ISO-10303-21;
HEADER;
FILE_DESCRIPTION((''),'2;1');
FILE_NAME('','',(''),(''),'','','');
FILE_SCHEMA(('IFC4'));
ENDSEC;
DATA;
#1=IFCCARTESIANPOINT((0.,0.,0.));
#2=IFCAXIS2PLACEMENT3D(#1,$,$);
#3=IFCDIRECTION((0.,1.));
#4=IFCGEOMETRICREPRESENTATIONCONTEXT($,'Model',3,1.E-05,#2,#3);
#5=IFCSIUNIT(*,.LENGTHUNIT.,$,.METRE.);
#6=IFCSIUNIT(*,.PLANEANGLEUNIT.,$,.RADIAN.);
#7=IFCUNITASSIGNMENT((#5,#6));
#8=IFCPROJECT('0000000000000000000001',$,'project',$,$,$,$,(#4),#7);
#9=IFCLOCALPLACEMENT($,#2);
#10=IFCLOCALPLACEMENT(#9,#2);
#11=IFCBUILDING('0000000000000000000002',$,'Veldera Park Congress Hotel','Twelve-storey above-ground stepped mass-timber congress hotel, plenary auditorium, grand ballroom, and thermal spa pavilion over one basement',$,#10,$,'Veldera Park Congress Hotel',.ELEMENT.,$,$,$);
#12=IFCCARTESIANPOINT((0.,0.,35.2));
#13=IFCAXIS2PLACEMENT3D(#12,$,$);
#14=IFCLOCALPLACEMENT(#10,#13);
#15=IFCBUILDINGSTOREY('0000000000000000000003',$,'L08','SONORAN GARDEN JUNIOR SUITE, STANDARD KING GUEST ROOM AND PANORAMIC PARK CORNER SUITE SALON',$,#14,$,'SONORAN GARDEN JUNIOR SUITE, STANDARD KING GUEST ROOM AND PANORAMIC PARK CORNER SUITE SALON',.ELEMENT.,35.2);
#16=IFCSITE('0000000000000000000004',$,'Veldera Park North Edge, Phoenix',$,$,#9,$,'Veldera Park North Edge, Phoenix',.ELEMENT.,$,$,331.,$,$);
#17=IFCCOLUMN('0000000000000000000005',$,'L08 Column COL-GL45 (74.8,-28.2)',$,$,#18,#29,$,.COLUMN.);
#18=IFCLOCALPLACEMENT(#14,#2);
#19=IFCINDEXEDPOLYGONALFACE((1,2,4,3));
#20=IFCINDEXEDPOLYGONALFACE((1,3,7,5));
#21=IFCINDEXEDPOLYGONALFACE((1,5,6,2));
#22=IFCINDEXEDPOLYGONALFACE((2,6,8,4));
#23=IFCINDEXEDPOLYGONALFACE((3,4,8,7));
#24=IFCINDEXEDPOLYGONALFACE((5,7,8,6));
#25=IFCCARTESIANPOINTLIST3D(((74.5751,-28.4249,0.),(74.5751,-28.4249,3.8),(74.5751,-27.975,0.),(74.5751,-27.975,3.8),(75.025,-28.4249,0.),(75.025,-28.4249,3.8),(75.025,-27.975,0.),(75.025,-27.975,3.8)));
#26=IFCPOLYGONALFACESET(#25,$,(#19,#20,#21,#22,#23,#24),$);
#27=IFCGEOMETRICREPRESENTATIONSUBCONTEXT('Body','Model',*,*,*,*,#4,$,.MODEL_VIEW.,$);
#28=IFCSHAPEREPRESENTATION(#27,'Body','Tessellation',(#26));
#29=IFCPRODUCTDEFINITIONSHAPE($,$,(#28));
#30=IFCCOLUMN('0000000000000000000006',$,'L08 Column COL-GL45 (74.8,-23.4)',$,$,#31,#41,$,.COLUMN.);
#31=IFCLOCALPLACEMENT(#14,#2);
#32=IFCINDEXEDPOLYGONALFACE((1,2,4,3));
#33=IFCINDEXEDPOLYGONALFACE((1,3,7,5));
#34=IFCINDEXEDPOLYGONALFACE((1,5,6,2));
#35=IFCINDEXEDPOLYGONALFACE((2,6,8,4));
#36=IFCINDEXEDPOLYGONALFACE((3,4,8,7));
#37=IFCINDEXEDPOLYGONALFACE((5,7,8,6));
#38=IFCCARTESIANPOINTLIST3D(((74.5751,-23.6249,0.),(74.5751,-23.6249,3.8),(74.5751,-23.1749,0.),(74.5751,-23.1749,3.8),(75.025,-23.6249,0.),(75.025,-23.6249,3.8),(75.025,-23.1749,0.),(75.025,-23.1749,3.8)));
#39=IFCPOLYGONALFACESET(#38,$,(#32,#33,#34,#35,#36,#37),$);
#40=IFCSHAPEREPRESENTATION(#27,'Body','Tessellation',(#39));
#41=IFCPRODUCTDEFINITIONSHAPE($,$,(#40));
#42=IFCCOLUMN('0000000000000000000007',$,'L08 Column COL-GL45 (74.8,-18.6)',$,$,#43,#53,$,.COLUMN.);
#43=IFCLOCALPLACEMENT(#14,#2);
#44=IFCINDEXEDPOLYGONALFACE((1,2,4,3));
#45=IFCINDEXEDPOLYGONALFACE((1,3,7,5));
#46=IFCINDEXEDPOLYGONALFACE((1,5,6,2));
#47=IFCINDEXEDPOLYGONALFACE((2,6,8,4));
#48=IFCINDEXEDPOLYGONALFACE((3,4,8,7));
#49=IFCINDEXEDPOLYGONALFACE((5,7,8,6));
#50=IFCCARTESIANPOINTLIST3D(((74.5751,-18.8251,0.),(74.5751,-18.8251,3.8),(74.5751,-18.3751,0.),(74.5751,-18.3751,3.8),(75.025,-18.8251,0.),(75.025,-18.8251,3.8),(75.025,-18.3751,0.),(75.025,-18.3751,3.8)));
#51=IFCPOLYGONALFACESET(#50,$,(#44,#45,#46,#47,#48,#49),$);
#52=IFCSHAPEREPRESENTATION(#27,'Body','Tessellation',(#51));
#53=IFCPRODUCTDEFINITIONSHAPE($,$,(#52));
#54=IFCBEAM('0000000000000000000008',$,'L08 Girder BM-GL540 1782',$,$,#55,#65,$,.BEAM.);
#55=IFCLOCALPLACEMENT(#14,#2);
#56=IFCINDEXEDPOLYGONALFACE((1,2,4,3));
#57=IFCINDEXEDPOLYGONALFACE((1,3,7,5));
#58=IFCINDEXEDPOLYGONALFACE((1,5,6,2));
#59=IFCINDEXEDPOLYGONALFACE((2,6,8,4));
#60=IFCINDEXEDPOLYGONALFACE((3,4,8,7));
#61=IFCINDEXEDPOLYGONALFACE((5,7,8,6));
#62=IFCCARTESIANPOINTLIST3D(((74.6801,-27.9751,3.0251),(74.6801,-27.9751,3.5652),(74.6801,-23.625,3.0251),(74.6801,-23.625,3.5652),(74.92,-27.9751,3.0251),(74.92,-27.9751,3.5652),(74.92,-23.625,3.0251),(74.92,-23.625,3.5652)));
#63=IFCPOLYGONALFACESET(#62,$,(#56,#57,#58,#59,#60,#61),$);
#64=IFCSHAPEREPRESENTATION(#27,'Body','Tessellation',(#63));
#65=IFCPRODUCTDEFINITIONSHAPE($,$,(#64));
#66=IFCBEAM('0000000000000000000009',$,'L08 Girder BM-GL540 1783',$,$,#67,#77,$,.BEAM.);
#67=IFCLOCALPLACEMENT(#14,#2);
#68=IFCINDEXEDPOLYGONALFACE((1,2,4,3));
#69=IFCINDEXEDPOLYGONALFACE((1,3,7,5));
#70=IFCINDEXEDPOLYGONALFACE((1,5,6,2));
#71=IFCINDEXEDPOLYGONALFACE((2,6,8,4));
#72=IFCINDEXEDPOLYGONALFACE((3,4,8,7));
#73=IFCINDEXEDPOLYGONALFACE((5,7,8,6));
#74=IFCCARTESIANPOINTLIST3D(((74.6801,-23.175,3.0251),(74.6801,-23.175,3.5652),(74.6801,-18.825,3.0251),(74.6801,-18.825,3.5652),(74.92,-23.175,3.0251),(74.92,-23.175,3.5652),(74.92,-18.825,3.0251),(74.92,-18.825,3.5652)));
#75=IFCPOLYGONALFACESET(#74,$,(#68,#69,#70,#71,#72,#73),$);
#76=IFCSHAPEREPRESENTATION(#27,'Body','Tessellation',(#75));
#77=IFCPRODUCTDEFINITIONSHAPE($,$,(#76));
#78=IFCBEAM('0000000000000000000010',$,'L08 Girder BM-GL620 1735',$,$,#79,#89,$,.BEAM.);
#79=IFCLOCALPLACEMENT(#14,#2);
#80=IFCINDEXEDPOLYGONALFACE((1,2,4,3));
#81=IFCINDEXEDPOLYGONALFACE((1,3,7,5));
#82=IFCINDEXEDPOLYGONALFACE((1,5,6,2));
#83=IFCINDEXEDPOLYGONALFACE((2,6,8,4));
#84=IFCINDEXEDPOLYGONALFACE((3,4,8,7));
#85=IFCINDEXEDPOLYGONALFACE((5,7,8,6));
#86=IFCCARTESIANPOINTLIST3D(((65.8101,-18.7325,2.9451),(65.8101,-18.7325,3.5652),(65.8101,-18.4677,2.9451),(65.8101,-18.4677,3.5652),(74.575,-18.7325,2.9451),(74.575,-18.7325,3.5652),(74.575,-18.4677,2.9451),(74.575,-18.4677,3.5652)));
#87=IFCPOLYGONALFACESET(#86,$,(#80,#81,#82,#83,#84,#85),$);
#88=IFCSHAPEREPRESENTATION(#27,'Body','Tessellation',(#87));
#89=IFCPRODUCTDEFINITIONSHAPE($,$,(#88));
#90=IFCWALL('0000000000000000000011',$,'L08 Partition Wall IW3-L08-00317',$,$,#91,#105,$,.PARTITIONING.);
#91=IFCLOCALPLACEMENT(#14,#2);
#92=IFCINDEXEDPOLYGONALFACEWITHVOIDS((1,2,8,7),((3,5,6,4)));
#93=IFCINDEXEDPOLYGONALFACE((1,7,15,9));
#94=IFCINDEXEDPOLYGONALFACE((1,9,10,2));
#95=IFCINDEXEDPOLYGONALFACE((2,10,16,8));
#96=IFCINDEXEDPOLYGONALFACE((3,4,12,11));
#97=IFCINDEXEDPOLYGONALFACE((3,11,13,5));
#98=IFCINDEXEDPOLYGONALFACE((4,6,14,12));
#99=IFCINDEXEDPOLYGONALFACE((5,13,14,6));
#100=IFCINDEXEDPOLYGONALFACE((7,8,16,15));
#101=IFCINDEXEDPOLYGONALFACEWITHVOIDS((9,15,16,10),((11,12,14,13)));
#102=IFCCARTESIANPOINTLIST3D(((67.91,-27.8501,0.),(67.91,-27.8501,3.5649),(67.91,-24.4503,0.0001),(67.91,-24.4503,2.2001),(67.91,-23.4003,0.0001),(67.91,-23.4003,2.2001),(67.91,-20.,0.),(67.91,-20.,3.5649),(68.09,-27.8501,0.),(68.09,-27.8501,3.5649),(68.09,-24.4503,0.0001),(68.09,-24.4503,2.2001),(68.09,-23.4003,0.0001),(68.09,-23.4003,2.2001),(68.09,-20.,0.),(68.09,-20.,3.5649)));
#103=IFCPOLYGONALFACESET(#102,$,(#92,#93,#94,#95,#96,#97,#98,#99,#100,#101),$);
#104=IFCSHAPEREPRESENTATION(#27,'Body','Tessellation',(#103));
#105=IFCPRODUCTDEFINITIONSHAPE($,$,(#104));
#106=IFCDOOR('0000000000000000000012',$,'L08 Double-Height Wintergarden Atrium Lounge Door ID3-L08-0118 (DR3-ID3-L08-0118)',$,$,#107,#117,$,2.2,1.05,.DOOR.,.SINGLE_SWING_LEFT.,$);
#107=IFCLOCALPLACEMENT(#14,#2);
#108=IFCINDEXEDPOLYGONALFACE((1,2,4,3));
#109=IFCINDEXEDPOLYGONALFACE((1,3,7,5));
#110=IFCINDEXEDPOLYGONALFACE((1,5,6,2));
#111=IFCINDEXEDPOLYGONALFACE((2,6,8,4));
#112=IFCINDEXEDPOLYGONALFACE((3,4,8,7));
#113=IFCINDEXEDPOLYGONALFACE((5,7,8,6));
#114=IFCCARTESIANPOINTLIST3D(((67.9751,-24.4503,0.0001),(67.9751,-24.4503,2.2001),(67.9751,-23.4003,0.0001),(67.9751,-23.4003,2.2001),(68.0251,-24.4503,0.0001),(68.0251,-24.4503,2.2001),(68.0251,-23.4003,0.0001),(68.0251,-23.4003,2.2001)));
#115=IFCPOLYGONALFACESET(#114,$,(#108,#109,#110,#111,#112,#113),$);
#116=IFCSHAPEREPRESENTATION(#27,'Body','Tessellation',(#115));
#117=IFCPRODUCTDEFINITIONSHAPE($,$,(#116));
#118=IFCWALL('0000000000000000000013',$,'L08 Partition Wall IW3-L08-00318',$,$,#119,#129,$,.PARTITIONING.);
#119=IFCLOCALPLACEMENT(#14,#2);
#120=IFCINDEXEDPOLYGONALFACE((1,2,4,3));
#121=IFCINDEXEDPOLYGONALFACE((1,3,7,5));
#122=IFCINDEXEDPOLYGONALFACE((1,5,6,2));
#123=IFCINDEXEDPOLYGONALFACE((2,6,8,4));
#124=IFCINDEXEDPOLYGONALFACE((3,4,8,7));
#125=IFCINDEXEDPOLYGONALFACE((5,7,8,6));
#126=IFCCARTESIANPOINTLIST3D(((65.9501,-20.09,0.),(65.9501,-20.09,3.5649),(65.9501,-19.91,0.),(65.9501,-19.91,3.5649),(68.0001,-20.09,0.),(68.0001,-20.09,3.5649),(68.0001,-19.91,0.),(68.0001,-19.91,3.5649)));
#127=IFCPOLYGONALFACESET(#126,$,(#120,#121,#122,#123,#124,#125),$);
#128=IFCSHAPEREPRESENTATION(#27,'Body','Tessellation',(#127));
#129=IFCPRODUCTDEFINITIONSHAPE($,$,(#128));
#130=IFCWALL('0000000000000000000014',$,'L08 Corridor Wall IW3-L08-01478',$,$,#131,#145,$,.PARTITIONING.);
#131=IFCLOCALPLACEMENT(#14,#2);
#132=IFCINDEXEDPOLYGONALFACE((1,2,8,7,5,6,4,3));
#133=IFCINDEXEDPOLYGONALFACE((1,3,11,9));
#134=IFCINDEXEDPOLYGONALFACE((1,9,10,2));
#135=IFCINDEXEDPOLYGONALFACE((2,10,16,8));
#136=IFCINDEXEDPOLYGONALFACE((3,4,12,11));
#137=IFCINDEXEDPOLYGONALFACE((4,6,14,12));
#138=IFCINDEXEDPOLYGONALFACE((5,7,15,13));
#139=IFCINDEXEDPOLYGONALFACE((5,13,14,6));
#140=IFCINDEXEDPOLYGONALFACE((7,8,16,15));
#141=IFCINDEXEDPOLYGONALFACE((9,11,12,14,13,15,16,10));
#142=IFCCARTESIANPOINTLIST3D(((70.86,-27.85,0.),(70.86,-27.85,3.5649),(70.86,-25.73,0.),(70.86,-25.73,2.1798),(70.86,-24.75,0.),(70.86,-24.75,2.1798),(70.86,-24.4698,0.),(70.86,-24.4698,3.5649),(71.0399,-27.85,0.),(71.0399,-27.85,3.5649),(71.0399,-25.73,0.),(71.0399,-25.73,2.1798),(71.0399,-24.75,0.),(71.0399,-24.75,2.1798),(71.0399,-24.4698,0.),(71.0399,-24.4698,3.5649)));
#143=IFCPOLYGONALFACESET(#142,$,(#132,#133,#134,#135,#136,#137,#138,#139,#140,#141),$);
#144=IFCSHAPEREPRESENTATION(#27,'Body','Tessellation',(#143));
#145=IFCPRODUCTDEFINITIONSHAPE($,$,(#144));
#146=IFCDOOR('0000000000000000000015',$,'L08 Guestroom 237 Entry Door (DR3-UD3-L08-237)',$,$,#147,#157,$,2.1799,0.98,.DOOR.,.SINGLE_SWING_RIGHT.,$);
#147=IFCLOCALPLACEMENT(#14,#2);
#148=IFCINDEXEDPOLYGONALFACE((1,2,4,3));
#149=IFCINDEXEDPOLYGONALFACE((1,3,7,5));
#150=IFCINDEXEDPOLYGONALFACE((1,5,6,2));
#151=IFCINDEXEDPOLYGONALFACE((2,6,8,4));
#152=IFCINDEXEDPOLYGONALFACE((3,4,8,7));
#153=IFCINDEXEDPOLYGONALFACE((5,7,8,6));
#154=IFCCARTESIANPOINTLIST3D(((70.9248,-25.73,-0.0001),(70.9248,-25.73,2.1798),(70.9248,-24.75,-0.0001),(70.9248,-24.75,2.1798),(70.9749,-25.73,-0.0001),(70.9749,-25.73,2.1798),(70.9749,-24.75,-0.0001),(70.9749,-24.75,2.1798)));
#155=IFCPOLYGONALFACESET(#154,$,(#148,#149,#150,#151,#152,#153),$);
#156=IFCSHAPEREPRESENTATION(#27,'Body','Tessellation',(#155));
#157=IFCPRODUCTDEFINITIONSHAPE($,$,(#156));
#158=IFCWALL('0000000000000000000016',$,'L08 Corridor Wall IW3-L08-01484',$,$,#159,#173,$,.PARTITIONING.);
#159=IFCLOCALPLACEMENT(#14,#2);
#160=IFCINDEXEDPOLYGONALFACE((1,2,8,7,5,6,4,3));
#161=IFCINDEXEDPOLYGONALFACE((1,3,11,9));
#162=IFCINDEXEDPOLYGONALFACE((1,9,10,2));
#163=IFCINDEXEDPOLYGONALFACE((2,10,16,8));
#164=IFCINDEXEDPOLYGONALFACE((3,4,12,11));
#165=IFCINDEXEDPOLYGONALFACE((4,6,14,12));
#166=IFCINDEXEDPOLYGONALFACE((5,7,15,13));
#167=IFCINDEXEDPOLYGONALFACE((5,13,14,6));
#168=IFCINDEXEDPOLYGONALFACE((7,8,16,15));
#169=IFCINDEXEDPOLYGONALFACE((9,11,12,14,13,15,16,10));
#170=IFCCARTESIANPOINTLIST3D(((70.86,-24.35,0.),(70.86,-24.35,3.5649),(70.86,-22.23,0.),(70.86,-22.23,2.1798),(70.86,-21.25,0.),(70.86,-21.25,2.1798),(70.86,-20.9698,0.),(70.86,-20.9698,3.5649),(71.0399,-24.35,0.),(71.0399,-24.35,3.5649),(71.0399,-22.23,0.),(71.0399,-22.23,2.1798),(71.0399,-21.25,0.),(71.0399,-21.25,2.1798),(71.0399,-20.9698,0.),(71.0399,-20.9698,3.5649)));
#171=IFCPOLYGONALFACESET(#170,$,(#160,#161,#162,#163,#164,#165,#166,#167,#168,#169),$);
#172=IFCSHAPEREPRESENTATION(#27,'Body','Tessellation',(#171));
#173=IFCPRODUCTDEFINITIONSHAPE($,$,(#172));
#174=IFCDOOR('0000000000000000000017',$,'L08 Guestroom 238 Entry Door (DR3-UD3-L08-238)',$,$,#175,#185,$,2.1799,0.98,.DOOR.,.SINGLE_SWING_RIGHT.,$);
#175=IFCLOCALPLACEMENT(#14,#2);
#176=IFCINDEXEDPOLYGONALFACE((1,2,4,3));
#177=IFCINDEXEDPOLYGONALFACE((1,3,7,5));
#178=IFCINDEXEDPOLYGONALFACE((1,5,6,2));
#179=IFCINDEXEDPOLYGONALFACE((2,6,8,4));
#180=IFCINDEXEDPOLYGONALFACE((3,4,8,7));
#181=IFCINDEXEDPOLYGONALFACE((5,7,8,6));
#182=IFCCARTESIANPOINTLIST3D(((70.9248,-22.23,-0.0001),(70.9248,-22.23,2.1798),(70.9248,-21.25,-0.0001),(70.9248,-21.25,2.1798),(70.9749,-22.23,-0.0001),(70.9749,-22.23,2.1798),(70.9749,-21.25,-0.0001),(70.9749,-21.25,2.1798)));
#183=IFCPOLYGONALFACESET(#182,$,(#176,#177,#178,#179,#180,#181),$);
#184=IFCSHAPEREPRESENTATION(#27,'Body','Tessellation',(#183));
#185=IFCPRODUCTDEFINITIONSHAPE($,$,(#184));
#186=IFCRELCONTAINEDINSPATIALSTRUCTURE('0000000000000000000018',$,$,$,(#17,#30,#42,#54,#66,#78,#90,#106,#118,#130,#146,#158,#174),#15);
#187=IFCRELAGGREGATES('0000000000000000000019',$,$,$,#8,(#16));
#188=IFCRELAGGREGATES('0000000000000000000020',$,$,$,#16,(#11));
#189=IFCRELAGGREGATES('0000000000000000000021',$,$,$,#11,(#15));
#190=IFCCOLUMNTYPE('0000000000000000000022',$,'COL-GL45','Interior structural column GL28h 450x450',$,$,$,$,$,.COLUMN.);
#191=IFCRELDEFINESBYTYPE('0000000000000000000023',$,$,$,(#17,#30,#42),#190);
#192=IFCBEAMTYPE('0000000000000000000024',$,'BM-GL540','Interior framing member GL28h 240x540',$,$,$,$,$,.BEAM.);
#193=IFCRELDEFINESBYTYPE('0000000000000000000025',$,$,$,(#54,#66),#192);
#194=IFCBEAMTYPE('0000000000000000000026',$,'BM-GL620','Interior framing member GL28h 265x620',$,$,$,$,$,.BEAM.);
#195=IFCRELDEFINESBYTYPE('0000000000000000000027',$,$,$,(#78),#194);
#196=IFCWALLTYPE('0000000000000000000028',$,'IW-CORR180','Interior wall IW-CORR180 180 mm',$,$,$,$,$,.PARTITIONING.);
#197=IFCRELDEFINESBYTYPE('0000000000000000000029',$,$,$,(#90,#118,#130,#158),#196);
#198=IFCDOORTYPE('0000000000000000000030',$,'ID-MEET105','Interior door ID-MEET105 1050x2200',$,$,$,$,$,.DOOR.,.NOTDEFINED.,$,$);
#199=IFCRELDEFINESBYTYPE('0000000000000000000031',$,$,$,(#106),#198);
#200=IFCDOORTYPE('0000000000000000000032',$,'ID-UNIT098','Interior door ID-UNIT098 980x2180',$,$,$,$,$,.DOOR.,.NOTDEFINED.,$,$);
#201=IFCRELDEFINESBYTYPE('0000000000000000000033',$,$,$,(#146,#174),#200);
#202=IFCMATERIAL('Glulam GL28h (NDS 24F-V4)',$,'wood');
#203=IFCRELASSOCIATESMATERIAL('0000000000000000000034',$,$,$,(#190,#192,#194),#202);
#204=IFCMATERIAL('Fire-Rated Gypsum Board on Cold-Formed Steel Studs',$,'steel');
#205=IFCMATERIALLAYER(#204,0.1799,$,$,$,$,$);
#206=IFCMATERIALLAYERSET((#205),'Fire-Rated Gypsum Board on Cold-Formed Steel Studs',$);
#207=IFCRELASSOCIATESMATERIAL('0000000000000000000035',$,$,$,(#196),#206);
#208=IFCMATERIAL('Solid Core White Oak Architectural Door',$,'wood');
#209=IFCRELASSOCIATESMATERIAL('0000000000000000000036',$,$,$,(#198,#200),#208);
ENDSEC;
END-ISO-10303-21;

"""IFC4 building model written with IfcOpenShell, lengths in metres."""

from ifc_helpers import new_model, si_unit, direction, frame, frame_2d, origin, origin_2d, place, context, subcontext, project, spatial, rectangle, extrude, material, layer, layer_set, material_profile, profile_set, type_object, element, fill, save


model = new_model("IFC4")

# Units and contexts
model_context = context("Model", 3, precision=1e-05, world=origin(), true_north=direction((0.0, 1.0)))
body_context = subcontext(model_context, "Body", "Model", "MODEL_VIEW")
ifc_project = project(units=[si_unit("LENGTHUNIT", "METRE"), si_unit("PLANEANGLEUNIT", "RADIAN")], contexts=[model_context])

# Site, building, storey
site_placement = place(None, origin())
site = spatial("IfcSite", under=ifc_project, at=site_placement, Name="Veldera Park North Edge, Phoenix", LongName="Veldera Park North Edge, Phoenix", CompositionType="ELEMENT", RefElevation=331.0)
building_placement = place(site_placement, origin())
building = spatial("IfcBuilding", under=site, at=building_placement, Name="Veldera Park Congress Hotel", Description="Twelve-storey above-ground stepped mass-timber congress hotel, plenary auditorium, grand ballroom, and thermal spa pavilion over one basement", LongName="Veldera Park Congress Hotel", CompositionType="ELEMENT")
storey_placement = place(building_placement, frame((0.0, 0.0, 35.2)))
storey = spatial("IfcBuildingStorey", under=building, at=storey_placement, Name="L08", Description="SONORAN GARDEN JUNIOR SUITE, STANDARD KING GUEST ROOM AND PANORAMIC PARK CORNER SUITE SALON", LongName="SONORAN GARDEN JUNIOR SUITE, STANDARD KING GUEST ROOM AND PANORAMIC PARK CORNER SUITE SALON", CompositionType="ELEMENT", Elevation=35.2)

# Columns
ifc_material_1 = material(Name="Glulam GL28h (NDS 24F-V4)", Category="wood")
ifc_material_profile_1 = material_profile(ifc_material_1, rectangle(XDim=0.45, YDim=0.45, at=origin_2d()), Name="GL28h 450x450")
ifc_profile_set_1 = profile_set([ifc_material_profile_1], Name="Glulam GL28h (NDS 24F-V4)")
column_type = type_object("IfcColumnType", Name="COL-GL45", Description="Interior structural column GL28h 450x450", PredefinedType="COLUMN", material=ifc_profile_set_1)
for number, where, z_axis, x_axis, name in (
    (1, (74.8, -28.2, 0.0), (0.0, 0.0, 1.0), (1.0, 0.0, 0.0), "L08 Column COL-GL45 (74.8,-28.2)"),
    (2, (74.8, -23.3999, 0.0), (0.0, 0.0, 1.0), (1.0, 0.0, 0.0), "L08 Column COL-GL45 (74.8,-23.4)"),
    (3, (74.8, -18.6001, 0.0), (0.0, 0.0, 1.0), (1.0, 0.0, 0.0), "L08 Column COL-GL45 (74.8,-18.6)"),
):
    element("IfcColumn", number, at=place(storey_placement, frame(where, z_axis=z_axis, x_axis=x_axis)), inside=storey, type_object=column_type, Name=name, PredefinedType="COLUMN", context=body_context, shape_type="SweptSolid", body=[
        extrude(rectangle(XDim=0.45, YDim=0.45, at=origin_2d()), origin(), (0.0, 0.0, 1.0), 3.8),
    ])

# Beams
ifc_material_profile_2 = material_profile(ifc_material_1, rectangle(XDim=0.24, YDim=0.54, at=origin_2d()), Name="GL28h 240x540")
ifc_profile_set_2 = profile_set([ifc_material_profile_2], Name="Glulam GL28h (NDS 24F-V4)")
beam_type_1 = type_object("IfcBeamType", Name="BM-GL540", Description="Interior framing member GL28h 240x540", PredefinedType="BEAM", material=ifc_profile_set_2)
for number, where, z_axis, x_axis, name in (
    (4, (74.8, -27.9751, 3.2952), (0.0, 1.0, 0.0), (-1.0, 0.0, 0.0), "L08 Girder BM-GL540 1782"),
    (5, (74.8, -23.175, 3.2952), (0.0, 1.0, 0.0), (-1.0, 0.0, 0.0), "L08 Girder BM-GL540 1783"),
):
    element("IfcBeam", number, at=place(storey_placement, frame(where, z_axis=z_axis, x_axis=x_axis)), inside=storey, type_object=beam_type_1, Name=name, PredefinedType="BEAM", context=body_context, shape_type="SweptSolid", body=[
        extrude(rectangle(XDim=0.24, YDim=0.54, at=origin_2d()), origin(), (0.0, 0.0, 1.0), 4.3501),
    ])
ifc_material_profile_3 = material_profile(ifc_material_1, rectangle(XDim=0.2649, YDim=0.6201, at=origin_2d()), Name="GL28h 265x620")
ifc_profile_set_3 = profile_set([ifc_material_profile_3], Name="Glulam GL28h (NDS 24F-V4)")
beam_type_2 = type_object("IfcBeamType", Name="BM-GL620", Description="Interior framing member GL28h 265x620", PredefinedType="BEAM", material=ifc_profile_set_3)
beam_placement = place(storey_placement, frame((65.8101, -18.6001, 3.2551), z_axis=(1.0, 0.0, 0.0), x_axis=(0.0, 1.0, 0.0)))
element("IfcBeam", 6, at=beam_placement, inside=storey, type_object=beam_type_2, Name="L08 Girder BM-GL620 1735", PredefinedType="BEAM", context=body_context, shape_type="SweptSolid", body=[
    extrude(rectangle(XDim=0.2649, YDim=0.6201, at=origin_2d()), origin(), (0.0, 0.0, 1.0), 8.7649),
])

# Wall, opening, door
ifc_material_2 = material(Name="Fire-Rated Gypsum Board on Cold-Formed Steel Studs", Category="steel")
ifc_layer_1 = layer(ifc_material_2, 0.1799)
ifc_layer_set_1 = layer_set([ifc_layer_1], Name="Fire-Rated Gypsum Board on Cold-Formed Steel Studs")
wall_type_1 = type_object("IfcWallType", Name="IW-CORR180", Description="Interior wall IW-CORR180 180 mm", PredefinedType="PARTITIONING", material=ifc_layer_set_1)
wall_1_placement = place(storey_placement, frame((68.0, -27.8501, 0.0), z_axis=(0.0, 0.0, 1.0), x_axis=(0.0, 1.0, 0.0)))
wall_1 = element("IfcWall", 7, at=wall_1_placement, inside=storey, type_object=wall_type_1, Name="L08 Partition Wall IW3-L08-00317", PredefinedType="PARTITIONING", context=body_context, shape_type="SweptSolid", body=[
    extrude(rectangle(XDim=7.8501, YDim=0.1799, at=frame_2d((3.925, 0.0))), origin(), (0.0, 0.0, 1.0), 3.5649),
])
opening_1_placement = place(wall_1_placement, frame((3.3999, 0.0, 0.0)))
opening_1 = element("IfcOpeningElement", 8, at=opening_1_placement, cuts=wall_1, PredefinedType="OPENING", context=body_context, shape_type="SweptSolid", body=[
    extrude(rectangle(XDim=1.05, YDim=2.2, at=frame_2d((0.5249, 1.1001))), frame((0.0, 0.1021, 0.0), z_axis=(0.0, -1.0, 0.0), x_axis=(1.0, 0.0, 0.0)), (0.0, 0.0, 1.0), 0.2039),
])
ifc_material_3 = material(Name="Solid Core White Oak Architectural Door", Category="wood")
door_type_1 = type_object("IfcDoorType", Name="ID-MEET105", Description="Interior door ID-MEET105 1050x2200", OperationType="NOTDEFINED", PredefinedType="DOOR", material=ifc_material_3)
door_1_placement = place(opening_1_placement, origin())
door_1 = element("IfcDoor", 9, at=door_1_placement, inside=storey, type_object=door_type_1, Name="L08 Double-Height Wintergarden Atrium Lounge Door ID3-L08-0118 (DR3-ID3-L08-0118)", OperationType="SINGLE_SWING_LEFT", OverallHeight=2.2, OverallWidth=1.05, PredefinedType="DOOR", context=body_context, shape_type="SweptSolid", body=[
    extrude(rectangle(XDim=1.05, YDim=2.2, at=frame_2d((0.5249, 1.1001))), frame((0.0, 0.0249, 0.0), z_axis=(0.0, -1.0, 0.0), x_axis=(1.0, 0.0, 0.0)), (0.0, 0.0, 1.0), 0.05),
])
fill(opening_1, door_1)

# Wall
wall_2_placement = place(storey_placement, frame((68.0, -20.0, 0.0), z_axis=(0.0, 0.0, 1.0), x_axis=(-1.0, 0.0, 0.0)))
element("IfcWall", 10, at=wall_2_placement, inside=storey, type_object=wall_type_1, Name="L08 Partition Wall IW3-L08-00318", PredefinedType="PARTITIONING", context=body_context, shape_type="SweptSolid", body=[
    extrude(rectangle(XDim=2.05, YDim=0.1799, at=frame_2d((1.0249, 0.0))), origin(), (0.0, 0.0, 1.0), 3.5649),
])

# Walls, openings, doors
wall_3_placement = place(storey_placement, frame((70.95, -24.47, 0.0), z_axis=(0.0, 0.0, 1.0), x_axis=(0.0, -1.0, 0.0)))
wall_3 = element("IfcWall", 11, at=wall_3_placement, inside=storey, type_object=wall_type_1, Name="L08 Corridor Wall IW3-L08-01478", PredefinedType="PARTITIONING", context=body_context, shape_type="SweptSolid", body=[
    extrude(rectangle(XDim=3.3801, YDim=0.1799, at=frame_2d((1.6899, 0.0))), origin(), (0.0, 0.0, 1.0), 3.5649),
])
opening_2_placement = place(wall_3_placement, frame((0.28, 0.0, 0.0)))
opening_2 = element("IfcOpeningElement", 12, at=opening_2_placement, cuts=wall_3, PredefinedType="OPENING", context=body_context, shape_type="SweptSolid", body=[
    extrude(rectangle(XDim=0.98, YDim=2.1799, at=frame_2d((0.49, 1.0898))), frame((0.0, 0.1021, 0.0), z_axis=(0.0, -1.0, 0.0), x_axis=(1.0, 0.0, 0.0)), (0.0, 0.0, 1.0), 0.2039),
])
door_type_2 = type_object("IfcDoorType", Name="ID-UNIT098", Description="Interior door ID-UNIT098 980x2180", OperationType="NOTDEFINED", PredefinedType="DOOR", material=ifc_material_3)
door_2_placement = place(opening_2_placement, origin())
door_2 = element("IfcDoor", 13, at=door_2_placement, inside=storey, type_object=door_type_2, Name="L08 Guestroom 237 Entry Door (DR3-UD3-L08-237)", OperationType="SINGLE_SWING_RIGHT", OverallHeight=2.1799, OverallWidth=0.98, PredefinedType="DOOR", context=body_context, shape_type="SweptSolid", body=[
    extrude(rectangle(XDim=0.98, YDim=2.1799, at=frame_2d((0.49, 1.0898))), frame((0.0, 0.0249, 0.0), z_axis=(0.0, -1.0, 0.0), x_axis=(1.0, 0.0, 0.0)), (0.0, 0.0, 1.0), 0.05),
])
fill(opening_2, door_2)
wall_4_placement = place(storey_placement, frame((70.95, -20.97, 0.0), z_axis=(0.0, 0.0, 1.0), x_axis=(0.0, -1.0, 0.0)))
wall_4 = element("IfcWall", 14, at=wall_4_placement, inside=storey, type_object=wall_type_1, Name="L08 Corridor Wall IW3-L08-01484", PredefinedType="PARTITIONING", context=body_context, shape_type="SweptSolid", body=[
    extrude(rectangle(XDim=3.3801, YDim=0.1799, at=frame_2d((1.6899, 0.0))), origin(), (0.0, 0.0, 1.0), 3.5649),
])
opening_3_placement = place(wall_4_placement, frame((0.28, 0.0, 0.0)))
opening_3 = element("IfcOpeningElement", 15, at=opening_3_placement, cuts=wall_4, PredefinedType="OPENING", context=body_context, shape_type="SweptSolid", body=[
    extrude(rectangle(XDim=0.98, YDim=2.1799, at=frame_2d((0.49, 1.0898))), frame((0.0, 0.1021, 0.0), z_axis=(0.0, -1.0, 0.0), x_axis=(1.0, 0.0, 0.0)), (0.0, 0.0, 1.0), 0.2039),
])
door_3_placement = place(opening_3_placement, origin())
door_3 = element("IfcDoor", 16, at=door_3_placement, inside=storey, type_object=door_type_2, Name="L08 Guestroom 238 Entry Door (DR3-UD3-L08-238)", OperationType="SINGLE_SWING_RIGHT", OverallHeight=2.1799, OverallWidth=0.98, PredefinedType="DOOR", context=body_context, shape_type="SweptSolid", body=[
    extrude(rectangle(XDim=0.98, YDim=2.1799, at=frame_2d((0.49, 1.0898))), frame((0.0, 0.0249, 0.0), z_axis=(0.0, -1.0, 0.0), x_axis=(1.0, 0.0, 0.0)), (0.0, 0.0, 1.0), 0.05),
])
fill(opening_3, door_3)

save(model, "model.ifc")
